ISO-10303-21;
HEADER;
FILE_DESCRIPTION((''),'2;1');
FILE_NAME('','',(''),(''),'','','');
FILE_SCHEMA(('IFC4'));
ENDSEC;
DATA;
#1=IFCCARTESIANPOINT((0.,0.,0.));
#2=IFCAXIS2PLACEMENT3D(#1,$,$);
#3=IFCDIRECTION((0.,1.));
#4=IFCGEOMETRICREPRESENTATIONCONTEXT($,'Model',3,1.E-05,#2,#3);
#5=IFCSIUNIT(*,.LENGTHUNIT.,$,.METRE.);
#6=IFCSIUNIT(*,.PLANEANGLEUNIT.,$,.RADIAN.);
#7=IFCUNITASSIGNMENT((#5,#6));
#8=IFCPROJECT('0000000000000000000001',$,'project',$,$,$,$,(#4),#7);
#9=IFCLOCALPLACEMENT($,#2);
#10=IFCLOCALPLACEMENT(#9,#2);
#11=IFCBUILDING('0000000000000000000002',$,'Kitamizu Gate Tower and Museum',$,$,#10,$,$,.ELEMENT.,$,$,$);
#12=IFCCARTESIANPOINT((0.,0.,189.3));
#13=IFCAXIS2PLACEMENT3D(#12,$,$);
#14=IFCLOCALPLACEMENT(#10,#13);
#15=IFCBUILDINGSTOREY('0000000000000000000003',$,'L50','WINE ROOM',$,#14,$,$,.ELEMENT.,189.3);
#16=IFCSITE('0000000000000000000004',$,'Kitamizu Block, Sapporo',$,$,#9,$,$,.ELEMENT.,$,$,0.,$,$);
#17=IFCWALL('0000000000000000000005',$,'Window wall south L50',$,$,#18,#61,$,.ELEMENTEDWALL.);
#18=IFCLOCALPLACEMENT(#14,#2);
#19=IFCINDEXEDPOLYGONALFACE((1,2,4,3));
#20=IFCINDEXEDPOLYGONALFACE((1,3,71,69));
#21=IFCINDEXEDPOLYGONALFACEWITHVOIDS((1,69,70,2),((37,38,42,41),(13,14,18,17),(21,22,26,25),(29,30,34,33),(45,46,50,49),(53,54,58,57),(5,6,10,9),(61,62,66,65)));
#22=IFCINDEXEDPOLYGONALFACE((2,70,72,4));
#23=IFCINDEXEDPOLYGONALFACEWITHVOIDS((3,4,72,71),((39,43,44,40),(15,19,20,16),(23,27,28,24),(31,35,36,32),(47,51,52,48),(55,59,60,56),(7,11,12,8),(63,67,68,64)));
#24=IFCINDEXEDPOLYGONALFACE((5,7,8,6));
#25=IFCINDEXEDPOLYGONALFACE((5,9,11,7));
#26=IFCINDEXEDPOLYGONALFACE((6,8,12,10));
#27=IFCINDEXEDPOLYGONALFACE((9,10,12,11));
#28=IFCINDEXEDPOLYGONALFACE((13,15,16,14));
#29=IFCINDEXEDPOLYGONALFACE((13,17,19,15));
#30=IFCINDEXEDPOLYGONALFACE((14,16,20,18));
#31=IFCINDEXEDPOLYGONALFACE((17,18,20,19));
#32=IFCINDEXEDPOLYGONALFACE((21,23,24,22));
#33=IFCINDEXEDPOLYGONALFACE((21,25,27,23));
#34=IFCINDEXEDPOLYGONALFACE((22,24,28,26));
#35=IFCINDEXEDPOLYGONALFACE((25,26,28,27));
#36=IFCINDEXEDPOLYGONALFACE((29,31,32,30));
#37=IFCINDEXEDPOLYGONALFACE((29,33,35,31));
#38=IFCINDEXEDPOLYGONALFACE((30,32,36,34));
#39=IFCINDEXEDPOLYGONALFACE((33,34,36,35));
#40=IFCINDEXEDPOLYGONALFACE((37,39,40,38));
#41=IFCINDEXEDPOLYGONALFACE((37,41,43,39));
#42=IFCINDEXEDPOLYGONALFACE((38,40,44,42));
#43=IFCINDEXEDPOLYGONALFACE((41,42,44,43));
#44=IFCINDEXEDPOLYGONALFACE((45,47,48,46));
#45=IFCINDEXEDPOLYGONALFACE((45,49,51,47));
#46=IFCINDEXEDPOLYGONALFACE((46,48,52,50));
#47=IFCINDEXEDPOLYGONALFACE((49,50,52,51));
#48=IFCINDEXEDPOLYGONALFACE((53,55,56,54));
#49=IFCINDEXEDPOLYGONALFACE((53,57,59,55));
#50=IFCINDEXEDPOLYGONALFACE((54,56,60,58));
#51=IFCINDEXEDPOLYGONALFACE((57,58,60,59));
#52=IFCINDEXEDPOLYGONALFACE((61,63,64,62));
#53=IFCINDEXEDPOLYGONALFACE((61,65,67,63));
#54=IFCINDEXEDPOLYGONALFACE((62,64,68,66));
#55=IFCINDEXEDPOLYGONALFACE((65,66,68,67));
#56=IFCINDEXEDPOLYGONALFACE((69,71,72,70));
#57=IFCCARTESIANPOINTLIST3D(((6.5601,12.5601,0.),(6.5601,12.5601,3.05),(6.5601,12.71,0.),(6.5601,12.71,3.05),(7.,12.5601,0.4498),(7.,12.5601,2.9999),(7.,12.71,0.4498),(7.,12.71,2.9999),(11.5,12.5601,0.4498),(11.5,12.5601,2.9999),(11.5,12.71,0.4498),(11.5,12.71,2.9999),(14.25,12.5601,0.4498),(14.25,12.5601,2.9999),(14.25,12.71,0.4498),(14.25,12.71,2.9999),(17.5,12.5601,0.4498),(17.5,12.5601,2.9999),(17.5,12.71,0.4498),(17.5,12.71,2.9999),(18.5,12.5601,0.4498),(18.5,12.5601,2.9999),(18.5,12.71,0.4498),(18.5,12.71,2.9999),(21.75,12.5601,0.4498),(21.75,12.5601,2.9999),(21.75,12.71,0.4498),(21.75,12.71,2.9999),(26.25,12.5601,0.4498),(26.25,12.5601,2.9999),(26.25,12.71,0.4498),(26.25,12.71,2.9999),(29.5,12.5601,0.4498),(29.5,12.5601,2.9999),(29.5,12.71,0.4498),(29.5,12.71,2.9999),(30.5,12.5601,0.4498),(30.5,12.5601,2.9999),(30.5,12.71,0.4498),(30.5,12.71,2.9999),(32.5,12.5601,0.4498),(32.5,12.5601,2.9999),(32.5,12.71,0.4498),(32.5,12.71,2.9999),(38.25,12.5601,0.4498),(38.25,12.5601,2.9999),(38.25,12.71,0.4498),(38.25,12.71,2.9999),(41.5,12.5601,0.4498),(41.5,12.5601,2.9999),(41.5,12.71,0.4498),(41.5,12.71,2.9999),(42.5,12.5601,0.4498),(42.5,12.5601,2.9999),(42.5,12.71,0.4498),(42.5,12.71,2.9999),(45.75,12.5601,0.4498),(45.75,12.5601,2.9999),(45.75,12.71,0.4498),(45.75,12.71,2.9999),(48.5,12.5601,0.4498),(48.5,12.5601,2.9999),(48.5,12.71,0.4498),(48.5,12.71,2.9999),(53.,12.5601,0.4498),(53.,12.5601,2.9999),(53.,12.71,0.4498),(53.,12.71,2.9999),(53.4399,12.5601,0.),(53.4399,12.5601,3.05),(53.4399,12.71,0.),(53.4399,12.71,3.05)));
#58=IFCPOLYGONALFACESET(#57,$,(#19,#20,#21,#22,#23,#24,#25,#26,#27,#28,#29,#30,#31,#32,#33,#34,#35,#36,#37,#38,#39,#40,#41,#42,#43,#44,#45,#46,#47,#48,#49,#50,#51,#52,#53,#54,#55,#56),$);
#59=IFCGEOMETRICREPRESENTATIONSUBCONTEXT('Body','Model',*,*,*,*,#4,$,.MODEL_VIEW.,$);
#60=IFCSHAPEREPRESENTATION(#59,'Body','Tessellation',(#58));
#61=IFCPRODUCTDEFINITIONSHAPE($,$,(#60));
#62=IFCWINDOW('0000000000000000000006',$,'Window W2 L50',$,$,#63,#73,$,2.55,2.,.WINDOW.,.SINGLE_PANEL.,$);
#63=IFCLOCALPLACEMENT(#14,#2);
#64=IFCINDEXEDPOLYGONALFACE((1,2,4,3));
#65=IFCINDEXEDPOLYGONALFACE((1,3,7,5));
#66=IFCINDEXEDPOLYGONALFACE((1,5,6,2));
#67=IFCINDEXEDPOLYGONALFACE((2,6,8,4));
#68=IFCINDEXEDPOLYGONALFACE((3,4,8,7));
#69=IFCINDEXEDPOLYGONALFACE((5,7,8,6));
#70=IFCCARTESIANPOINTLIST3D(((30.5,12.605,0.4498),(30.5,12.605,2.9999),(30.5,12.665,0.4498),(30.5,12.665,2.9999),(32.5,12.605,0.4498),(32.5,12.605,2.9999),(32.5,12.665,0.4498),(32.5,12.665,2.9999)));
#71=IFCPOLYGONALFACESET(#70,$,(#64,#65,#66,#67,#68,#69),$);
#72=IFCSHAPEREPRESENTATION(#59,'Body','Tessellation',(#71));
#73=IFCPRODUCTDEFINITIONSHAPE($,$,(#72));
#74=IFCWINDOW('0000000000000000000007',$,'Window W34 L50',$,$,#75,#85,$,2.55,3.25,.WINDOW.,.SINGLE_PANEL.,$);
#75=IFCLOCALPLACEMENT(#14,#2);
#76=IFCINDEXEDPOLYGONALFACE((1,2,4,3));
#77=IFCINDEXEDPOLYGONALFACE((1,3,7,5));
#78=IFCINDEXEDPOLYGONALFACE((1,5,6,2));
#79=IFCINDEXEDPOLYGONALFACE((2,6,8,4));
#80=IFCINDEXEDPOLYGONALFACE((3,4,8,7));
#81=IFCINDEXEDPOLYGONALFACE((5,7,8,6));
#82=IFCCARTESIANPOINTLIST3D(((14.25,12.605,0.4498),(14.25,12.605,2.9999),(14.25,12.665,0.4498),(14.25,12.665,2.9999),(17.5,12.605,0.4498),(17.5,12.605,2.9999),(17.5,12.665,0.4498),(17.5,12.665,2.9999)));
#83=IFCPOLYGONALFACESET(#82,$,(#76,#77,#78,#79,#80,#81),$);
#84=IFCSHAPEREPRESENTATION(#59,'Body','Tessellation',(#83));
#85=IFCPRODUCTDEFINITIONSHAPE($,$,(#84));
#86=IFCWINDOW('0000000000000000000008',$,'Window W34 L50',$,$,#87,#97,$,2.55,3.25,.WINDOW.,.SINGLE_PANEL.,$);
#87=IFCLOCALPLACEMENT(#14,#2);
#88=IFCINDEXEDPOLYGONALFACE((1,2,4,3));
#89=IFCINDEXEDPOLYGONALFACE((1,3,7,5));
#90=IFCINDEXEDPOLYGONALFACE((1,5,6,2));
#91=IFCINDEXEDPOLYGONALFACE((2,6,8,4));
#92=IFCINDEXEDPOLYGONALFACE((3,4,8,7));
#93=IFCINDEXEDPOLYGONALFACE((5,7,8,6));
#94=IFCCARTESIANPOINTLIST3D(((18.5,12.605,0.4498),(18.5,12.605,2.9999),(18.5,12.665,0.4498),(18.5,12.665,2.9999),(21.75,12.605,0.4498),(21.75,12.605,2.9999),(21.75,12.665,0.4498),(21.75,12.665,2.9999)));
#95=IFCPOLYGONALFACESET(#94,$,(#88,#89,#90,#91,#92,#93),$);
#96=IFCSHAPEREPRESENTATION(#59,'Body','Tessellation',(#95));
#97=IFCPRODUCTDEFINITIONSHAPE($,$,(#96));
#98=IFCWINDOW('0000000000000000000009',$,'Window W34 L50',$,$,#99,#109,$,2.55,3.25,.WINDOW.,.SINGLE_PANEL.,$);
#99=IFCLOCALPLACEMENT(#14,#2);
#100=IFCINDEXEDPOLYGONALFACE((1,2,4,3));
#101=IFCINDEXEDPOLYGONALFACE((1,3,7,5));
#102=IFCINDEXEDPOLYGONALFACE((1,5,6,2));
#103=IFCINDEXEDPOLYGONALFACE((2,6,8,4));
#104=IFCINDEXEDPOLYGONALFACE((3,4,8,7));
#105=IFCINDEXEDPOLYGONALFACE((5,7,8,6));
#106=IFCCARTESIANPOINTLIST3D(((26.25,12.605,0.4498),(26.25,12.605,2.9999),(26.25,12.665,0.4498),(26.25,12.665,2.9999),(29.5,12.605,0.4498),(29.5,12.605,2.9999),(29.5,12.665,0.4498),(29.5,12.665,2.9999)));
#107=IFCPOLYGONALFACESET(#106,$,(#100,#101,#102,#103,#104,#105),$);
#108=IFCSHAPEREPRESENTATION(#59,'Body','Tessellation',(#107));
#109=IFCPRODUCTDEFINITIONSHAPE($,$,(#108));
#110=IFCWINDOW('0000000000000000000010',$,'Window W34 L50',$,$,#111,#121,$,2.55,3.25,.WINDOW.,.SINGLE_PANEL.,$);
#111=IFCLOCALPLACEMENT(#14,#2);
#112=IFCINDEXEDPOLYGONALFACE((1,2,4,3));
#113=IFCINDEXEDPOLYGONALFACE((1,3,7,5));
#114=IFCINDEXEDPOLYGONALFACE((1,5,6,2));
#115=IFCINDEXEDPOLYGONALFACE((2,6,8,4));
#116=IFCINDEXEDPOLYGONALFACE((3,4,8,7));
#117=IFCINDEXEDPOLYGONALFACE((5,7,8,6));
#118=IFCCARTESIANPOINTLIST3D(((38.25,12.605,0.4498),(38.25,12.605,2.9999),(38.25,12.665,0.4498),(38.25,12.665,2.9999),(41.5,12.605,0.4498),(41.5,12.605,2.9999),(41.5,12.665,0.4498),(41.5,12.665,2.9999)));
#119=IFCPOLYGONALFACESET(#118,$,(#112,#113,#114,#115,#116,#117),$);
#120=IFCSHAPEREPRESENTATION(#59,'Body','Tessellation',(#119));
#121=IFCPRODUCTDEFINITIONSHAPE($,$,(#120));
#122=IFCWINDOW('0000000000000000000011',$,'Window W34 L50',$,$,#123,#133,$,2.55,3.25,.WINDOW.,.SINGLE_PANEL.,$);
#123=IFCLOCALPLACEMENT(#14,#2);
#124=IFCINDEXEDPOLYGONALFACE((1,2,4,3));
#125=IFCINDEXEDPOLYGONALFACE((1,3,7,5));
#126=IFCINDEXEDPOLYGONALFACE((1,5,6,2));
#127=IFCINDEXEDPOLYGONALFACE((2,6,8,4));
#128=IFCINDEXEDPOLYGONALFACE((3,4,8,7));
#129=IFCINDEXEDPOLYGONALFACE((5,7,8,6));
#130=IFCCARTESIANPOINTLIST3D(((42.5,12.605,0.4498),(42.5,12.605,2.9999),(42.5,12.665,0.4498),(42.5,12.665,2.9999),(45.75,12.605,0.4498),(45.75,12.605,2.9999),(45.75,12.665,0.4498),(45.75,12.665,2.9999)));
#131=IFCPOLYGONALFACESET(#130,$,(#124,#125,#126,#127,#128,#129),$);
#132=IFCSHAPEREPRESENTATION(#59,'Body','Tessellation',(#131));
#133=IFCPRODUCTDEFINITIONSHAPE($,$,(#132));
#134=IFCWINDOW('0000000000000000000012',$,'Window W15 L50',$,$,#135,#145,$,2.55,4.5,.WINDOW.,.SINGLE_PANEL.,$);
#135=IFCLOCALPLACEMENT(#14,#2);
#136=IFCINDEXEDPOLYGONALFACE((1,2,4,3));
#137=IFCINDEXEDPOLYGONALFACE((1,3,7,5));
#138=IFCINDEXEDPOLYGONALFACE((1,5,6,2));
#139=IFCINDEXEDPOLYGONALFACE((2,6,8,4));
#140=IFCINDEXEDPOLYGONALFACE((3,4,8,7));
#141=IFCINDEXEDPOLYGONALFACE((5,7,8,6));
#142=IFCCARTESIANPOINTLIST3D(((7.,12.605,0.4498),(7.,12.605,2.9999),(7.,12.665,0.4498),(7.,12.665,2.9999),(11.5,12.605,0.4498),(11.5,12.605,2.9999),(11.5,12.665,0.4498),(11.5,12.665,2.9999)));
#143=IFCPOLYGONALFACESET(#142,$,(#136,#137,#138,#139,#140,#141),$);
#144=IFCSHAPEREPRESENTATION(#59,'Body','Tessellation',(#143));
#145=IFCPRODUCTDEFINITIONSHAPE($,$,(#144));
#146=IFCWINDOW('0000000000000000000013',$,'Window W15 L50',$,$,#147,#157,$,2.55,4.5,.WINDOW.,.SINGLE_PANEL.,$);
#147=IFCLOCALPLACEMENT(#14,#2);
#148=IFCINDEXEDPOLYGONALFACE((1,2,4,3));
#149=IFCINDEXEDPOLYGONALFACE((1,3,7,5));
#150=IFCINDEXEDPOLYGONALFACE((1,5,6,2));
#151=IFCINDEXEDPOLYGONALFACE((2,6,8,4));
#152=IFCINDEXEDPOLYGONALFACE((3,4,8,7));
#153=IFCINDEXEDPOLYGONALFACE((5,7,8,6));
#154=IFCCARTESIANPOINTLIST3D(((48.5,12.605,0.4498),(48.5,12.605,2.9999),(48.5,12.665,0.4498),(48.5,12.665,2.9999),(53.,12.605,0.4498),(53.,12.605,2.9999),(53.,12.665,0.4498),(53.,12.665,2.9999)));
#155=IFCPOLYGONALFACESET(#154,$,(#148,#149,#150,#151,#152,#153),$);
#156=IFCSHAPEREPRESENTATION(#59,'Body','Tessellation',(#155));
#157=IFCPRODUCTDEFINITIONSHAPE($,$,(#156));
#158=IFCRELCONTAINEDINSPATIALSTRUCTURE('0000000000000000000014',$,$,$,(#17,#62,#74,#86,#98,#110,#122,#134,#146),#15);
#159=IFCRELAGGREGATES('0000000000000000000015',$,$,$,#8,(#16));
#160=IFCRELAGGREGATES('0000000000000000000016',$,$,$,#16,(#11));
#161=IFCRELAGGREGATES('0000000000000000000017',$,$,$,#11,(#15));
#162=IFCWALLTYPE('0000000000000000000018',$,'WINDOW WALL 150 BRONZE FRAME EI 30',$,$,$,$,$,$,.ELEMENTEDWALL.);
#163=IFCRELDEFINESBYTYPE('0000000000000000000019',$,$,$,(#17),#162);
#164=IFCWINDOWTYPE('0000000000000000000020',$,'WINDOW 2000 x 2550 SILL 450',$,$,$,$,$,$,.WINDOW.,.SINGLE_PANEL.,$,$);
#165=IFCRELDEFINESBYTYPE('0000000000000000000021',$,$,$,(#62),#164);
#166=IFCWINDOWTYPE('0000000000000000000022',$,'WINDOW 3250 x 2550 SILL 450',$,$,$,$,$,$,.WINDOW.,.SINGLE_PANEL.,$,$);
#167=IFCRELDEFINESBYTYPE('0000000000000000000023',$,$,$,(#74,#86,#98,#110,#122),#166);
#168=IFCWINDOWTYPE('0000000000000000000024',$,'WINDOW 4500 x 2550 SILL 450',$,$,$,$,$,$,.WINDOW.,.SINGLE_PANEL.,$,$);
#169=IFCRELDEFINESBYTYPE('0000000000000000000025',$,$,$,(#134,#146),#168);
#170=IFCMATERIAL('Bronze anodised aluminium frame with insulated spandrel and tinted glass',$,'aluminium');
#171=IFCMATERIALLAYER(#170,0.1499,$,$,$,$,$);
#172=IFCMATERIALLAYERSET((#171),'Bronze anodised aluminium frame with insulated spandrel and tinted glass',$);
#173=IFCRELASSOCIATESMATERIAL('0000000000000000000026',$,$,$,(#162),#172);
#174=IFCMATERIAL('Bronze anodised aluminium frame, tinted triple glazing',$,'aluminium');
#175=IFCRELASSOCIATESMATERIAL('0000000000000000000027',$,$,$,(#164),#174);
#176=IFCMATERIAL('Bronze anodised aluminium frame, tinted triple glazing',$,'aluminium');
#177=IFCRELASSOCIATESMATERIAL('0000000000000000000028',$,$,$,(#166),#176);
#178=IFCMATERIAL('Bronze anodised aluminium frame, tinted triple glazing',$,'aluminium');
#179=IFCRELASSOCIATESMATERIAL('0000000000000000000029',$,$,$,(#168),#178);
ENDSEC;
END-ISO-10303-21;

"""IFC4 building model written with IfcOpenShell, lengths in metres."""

from ifc_helpers import new_model, si_unit, direction, frame, frame_2d, origin, place, context, subcontext, project, spatial, rectangle, extrude, material, layer, layer_set, type_object, element, fill, save


model = new_model("IFC4")

# Units and contexts
model_context = context("Model", 3, precision=1e-05, world=origin(), true_north=direction((0.0, 1.0)))
body_context = subcontext(model_context, "Body", "Model", "MODEL_VIEW")
ifc_project = project(units=[si_unit("LENGTHUNIT", "METRE"), si_unit("PLANEANGLEUNIT", "RADIAN")], contexts=[model_context])

# Site, building, storey
site_placement = place(None, origin())
site = spatial("IfcSite", under=ifc_project, at=site_placement, Name="Kitamizu Block, Sapporo", CompositionType="ELEMENT", RefElevation=0.0)
building_placement = place(site_placement, origin())
building = spatial("IfcBuilding", under=site, at=building_placement, Name="Kitamizu Gate Tower and Museum", CompositionType="ELEMENT")
storey_placement = place(building_placement, frame((0.0, 0.0, 189.3)))
storey = spatial("IfcBuildingStorey", under=building, at=storey_placement, Name="L50", Description="WINE ROOM", CompositionType="ELEMENT", Elevation=189.3)

# Wall, openings, windows
ifc_material_1 = material(Name="Bronze anodised aluminium frame with insulated spandrel and tinted glass", Category="aluminium")
ifc_layer_1 = layer(ifc_material_1, 0.1499)
ifc_layer_set_1 = layer_set([ifc_layer_1], Name="Bronze anodised aluminium frame with insulated spandrel and tinted glass")
wall_type_1 = type_object("IfcWallType", Name="WINDOW WALL 150 BRONZE FRAME EI 30", PredefinedType="ELEMENTEDWALL", material=ifc_layer_set_1)
wall_1_placement = place(storey_placement, frame((6.5601, 12.635, 0.0), z_axis=(0.0, 0.0, 1.0), x_axis=(1.0, 0.0, 0.0)))
wall_1 = element("IfcWall", 1, at=wall_1_placement, inside=storey, type_object=wall_type_1, Name="Window wall south L50", PredefinedType="ELEMENTEDWALL", context=body_context, shape_type="SweptSolid", body=[
    extrude(rectangle(XDim=46.8799, YDim=0.1499, at=frame_2d((23.4399, 0.0))), origin(), (0.0, 0.0, 1.0), 3.05),
])
opening_1_placement = place(wall_1_placement, frame((0.4399, 0.0, 0.45)))
opening_1 = element("IfcOpeningElement", 2, at=opening_1_placement, cuts=wall_1, PredefinedType="OPENING", context=body_context, shape_type="SweptSolid", body=[
    extrude(rectangle(XDim=4.5, YDim=2.55, at=frame_2d((2.25, 1.2749))), frame((0.0, 0.085, 0.0), z_axis=(0.0, -1.0, 0.0), x_axis=(1.0, 0.0, 0.0)), (0.0, 0.0, 1.0), 0.1699),
])
opening_2_placement = place(wall_1_placement, frame((7.6899, 0.0, 0.45)))
opening_2 = element("IfcOpeningElement", 3, at=opening_2_placement, cuts=wall_1, PredefinedType="OPENING", context=body_context, shape_type="SweptSolid", body=[
    extrude(rectangle(XDim=3.25, YDim=2.55, at=frame_2d((1.625, 1.2749))), frame((0.0, 0.085, 0.0), z_axis=(0.0, -1.0, 0.0), x_axis=(1.0, 0.0, 0.0)), (0.0, 0.0, 1.0), 0.1699),
])
opening_3_placement = place(wall_1_placement, frame((11.9399, 0.0, 0.45)))
opening_3 = element("IfcOpeningElement", 4, at=opening_3_placement, cuts=wall_1, PredefinedType="OPENING", context=body_context, shape_type="SweptSolid", body=[
    extrude(rectangle(XDim=3.25, YDim=2.55, at=frame_2d((1.625, 1.2749))), frame((0.0, 0.085, 0.0), z_axis=(0.0, -1.0, 0.0), x_axis=(1.0, 0.0, 0.0)), (0.0, 0.0, 1.0), 0.1699),
])
opening_4_placement = place(wall_1_placement, frame((19.6899, 0.0, 0.45)))
opening_4 = element("IfcOpeningElement", 5, at=opening_4_placement, cuts=wall_1, PredefinedType="OPENING", context=body_context, shape_type="SweptSolid", body=[
    extrude(rectangle(XDim=3.25, YDim=2.55, at=frame_2d((1.625, 1.2749))), frame((0.0, 0.085, 0.0), z_axis=(0.0, -1.0, 0.0), x_axis=(1.0, 0.0, 0.0)), (0.0, 0.0, 1.0), 0.1699),
])
opening_5_placement = place(wall_1_placement, frame((23.9399, 0.0, 0.45)))
opening_5 = element("IfcOpeningElement", 6, at=opening_5_placement, cuts=wall_1, PredefinedType="OPENING", context=body_context, shape_type="SweptSolid", body=[
    extrude(rectangle(XDim=2.0, YDim=2.55, at=frame_2d((1.0, 1.2749))), frame((0.0, 0.085, 0.0), z_axis=(0.0, -1.0, 0.0), x_axis=(1.0, 0.0, 0.0)), (0.0, 0.0, 1.0), 0.1699),
])
opening_6_placement = place(wall_1_placement, frame((31.6899, 0.0, 0.45)))
opening_6 = element("IfcOpeningElement", 7, at=opening_6_placement, cuts=wall_1, PredefinedType="OPENING", context=body_context, shape_type="SweptSolid", body=[
    extrude(rectangle(XDim=3.25, YDim=2.55, at=frame_2d((1.625, 1.2749))), frame((0.0, 0.085, 0.0), z_axis=(0.0, -1.0, 0.0), x_axis=(1.0, 0.0, 0.0)), (0.0, 0.0, 1.0), 0.1699),
])
opening_7_placement = place(wall_1_placement, frame((35.9399, 0.0, 0.45)))
opening_7 = element("IfcOpeningElement", 8, at=opening_7_placement, cuts=wall_1, PredefinedType="OPENING", context=body_context, shape_type="SweptSolid", body=[
    extrude(rectangle(XDim=3.25, YDim=2.55, at=frame_2d((1.625, 1.2749))), frame((0.0, 0.085, 0.0), z_axis=(0.0, -1.0, 0.0), x_axis=(1.0, 0.0, 0.0)), (0.0, 0.0, 1.0), 0.1699),
])
opening_8_placement = place(wall_1_placement, frame((41.9399, 0.0, 0.45)))
opening_8 = element("IfcOpeningElement", 9, at=opening_8_placement, cuts=wall_1, PredefinedType="OPENING", context=body_context, shape_type="SweptSolid", body=[
    extrude(rectangle(XDim=4.5, YDim=2.55, at=frame_2d((2.25, 1.2749))), frame((0.0, 0.085, 0.0), z_axis=(0.0, -1.0, 0.0), x_axis=(1.0, 0.0, 0.0)), (0.0, 0.0, 1.0), 0.1699),
])
ifc_material_2 = material(Name="Bronze anodised aluminium frame, tinted triple glazing", Category="aluminium")
window_type_1 = type_object("IfcWindowType", Name="WINDOW 2000 x 2550 SILL 450", PartitioningType="SINGLE_PANEL", PredefinedType="WINDOW", material=ifc_material_2)
window_1_placement = place(opening_5_placement, origin())
window_1 = element("IfcWindow", 10, at=window_1_placement, inside=storey, type_object=window_type_1, Name="Window W2 L50", OverallHeight=2.55, OverallWidth=2.0, PartitioningType="SINGLE_PANEL", PredefinedType="WINDOW", context=body_context, shape_type="SweptSolid", body=[
    extrude(rectangle(XDim=2.0, YDim=2.55, at=frame_2d((1.0, 1.2749))), frame((0.0, 0.03, 0.0), z_axis=(0.0, -1.0, 0.0), x_axis=(1.0, 0.0, 0.0)), (0.0, 0.0, 1.0), 0.0601),
])
fill(opening_5, window_1)
ifc_material_3 = material(Name="Bronze anodised aluminium frame, tinted triple glazing", Category="aluminium")
window_type_2 = type_object("IfcWindowType", Name="WINDOW 3250 x 2550 SILL 450", PartitioningType="SINGLE_PANEL", PredefinedType="WINDOW", material=ifc_material_3)
window_2_placement = place(opening_2_placement, origin())
window_2 = element("IfcWindow", 11, at=window_2_placement, inside=storey, type_object=window_type_2, Name="Window W34 L50", OverallHeight=2.55, OverallWidth=3.25, PartitioningType="SINGLE_PANEL", PredefinedType="WINDOW", context=body_context, shape_type="SweptSolid", body=[
    extrude(rectangle(XDim=3.25, YDim=2.55, at=frame_2d((1.625, 1.2749))), frame((0.0, 0.03, 0.0), z_axis=(0.0, -1.0, 0.0), x_axis=(1.0, 0.0, 0.0)), (0.0, 0.0, 1.0), 0.0601),
])
fill(opening_2, window_2)
window_3_placement = place(opening_3_placement, origin())
window_3 = element("IfcWindow", 12, at=window_3_placement, inside=storey, type_object=window_type_2, Name="Window W34 L50", OverallHeight=2.55, OverallWidth=3.25, PartitioningType="SINGLE_PANEL", PredefinedType="WINDOW", context=body_context, shape_type="SweptSolid", body=[
    extrude(rectangle(XDim=3.25, YDim=2.55, at=frame_2d((1.625, 1.2749))), frame((0.0, 0.03, 0.0), z_axis=(0.0, -1.0, 0.0), x_axis=(1.0, 0.0, 0.0)), (0.0, 0.0, 1.0), 0.0601),
])
fill(opening_3, window_3)
window_4_placement = place(opening_4_placement, origin())
window_4 = element("IfcWindow", 13, at=window_4_placement, inside=storey, type_object=window_type_2, Name="Window W34 L50", OverallHeight=2.55, OverallWidth=3.25, PartitioningType="SINGLE_PANEL", PredefinedType="WINDOW", context=body_context, shape_type="SweptSolid", body=[
    extrude(rectangle(XDim=3.25, YDim=2.55, at=frame_2d((1.625, 1.2749))), frame((0.0, 0.03, 0.0), z_axis=(0.0, -1.0, 0.0), x_axis=(1.0, 0.0, 0.0)), (0.0, 0.0, 1.0), 0.0601),
])
fill(opening_4, window_4)
window_5_placement = place(opening_6_placement, origin())
window_5 = element("IfcWindow", 14, at=window_5_placement, inside=storey, type_object=window_type_2, Name="Window W34 L50", OverallHeight=2.55, OverallWidth=3.25, PartitioningType="SINGLE_PANEL", PredefinedType="WINDOW", context=body_context, shape_type="SweptSolid", body=[
    extrude(rectangle(XDim=3.25, YDim=2.55, at=frame_2d((1.625, 1.2749))), frame((0.0, 0.03, 0.0), z_axis=(0.0, -1.0, 0.0), x_axis=(1.0, 0.0, 0.0)), (0.0, 0.0, 1.0), 0.0601),
])
fill(opening_6, window_5)
window_6_placement = place(opening_7_placement, origin())
window_6 = element("IfcWindow", 15, at=window_6_placement, inside=storey, type_object=window_type_2, Name="Window W34 L50", OverallHeight=2.55, OverallWidth=3.25, PartitioningType="SINGLE_PANEL", PredefinedType="WINDOW", context=body_context, shape_type="SweptSolid", body=[
    extrude(rectangle(XDim=3.25, YDim=2.55, at=frame_2d((1.625, 1.2749))), frame((0.0, 0.03, 0.0), z_axis=(0.0, -1.0, 0.0), x_axis=(1.0, 0.0, 0.0)), (0.0, 0.0, 1.0), 0.0601),
])
fill(opening_7, window_6)
ifc_material_4 = material(Name="Bronze anodised aluminium frame, tinted triple glazing", Category="aluminium")
window_type_3 = type_object("IfcWindowType", Name="WINDOW 4500 x 2550 SILL 450", PartitioningType="SINGLE_PANEL", PredefinedType="WINDOW", material=ifc_material_4)
window_7_placement = place(opening_1_placement, origin())
window_7 = element("IfcWindow", 16, at=window_7_placement, inside=storey, type_object=window_type_3, Name="Window W15 L50", OverallHeight=2.55, OverallWidth=4.5, PartitioningType="SINGLE_PANEL", PredefinedType="WINDOW", context=body_context, shape_type="SweptSolid", body=[
    extrude(rectangle(XDim=4.5, YDim=2.55, at=frame_2d((2.25, 1.2749))), frame((0.0, 0.03, 0.0), z_axis=(0.0, -1.0, 0.0), x_axis=(1.0, 0.0, 0.0)), (0.0, 0.0, 1.0), 0.0601),
])
fill(opening_1, window_7)
window_8_placement = place(opening_8_placement, origin())
window_8 = element("IfcWindow", 17, at=window_8_placement, inside=storey, type_object=window_type_3, Name="Window W15 L50", OverallHeight=2.55, OverallWidth=4.5, PartitioningType="SINGLE_PANEL", PredefinedType="WINDOW", context=body_context, shape_type="SweptSolid", body=[
    extrude(rectangle(XDim=4.5, YDim=2.55, at=frame_2d((2.25, 1.2749))), frame((0.0, 0.03, 0.0), z_axis=(0.0, -1.0, 0.0), x_axis=(1.0, 0.0, 0.0)), (0.0, 0.0, 1.0), 0.0601),
])
fill(opening_8, window_8)

save(model, "model.ifc")
